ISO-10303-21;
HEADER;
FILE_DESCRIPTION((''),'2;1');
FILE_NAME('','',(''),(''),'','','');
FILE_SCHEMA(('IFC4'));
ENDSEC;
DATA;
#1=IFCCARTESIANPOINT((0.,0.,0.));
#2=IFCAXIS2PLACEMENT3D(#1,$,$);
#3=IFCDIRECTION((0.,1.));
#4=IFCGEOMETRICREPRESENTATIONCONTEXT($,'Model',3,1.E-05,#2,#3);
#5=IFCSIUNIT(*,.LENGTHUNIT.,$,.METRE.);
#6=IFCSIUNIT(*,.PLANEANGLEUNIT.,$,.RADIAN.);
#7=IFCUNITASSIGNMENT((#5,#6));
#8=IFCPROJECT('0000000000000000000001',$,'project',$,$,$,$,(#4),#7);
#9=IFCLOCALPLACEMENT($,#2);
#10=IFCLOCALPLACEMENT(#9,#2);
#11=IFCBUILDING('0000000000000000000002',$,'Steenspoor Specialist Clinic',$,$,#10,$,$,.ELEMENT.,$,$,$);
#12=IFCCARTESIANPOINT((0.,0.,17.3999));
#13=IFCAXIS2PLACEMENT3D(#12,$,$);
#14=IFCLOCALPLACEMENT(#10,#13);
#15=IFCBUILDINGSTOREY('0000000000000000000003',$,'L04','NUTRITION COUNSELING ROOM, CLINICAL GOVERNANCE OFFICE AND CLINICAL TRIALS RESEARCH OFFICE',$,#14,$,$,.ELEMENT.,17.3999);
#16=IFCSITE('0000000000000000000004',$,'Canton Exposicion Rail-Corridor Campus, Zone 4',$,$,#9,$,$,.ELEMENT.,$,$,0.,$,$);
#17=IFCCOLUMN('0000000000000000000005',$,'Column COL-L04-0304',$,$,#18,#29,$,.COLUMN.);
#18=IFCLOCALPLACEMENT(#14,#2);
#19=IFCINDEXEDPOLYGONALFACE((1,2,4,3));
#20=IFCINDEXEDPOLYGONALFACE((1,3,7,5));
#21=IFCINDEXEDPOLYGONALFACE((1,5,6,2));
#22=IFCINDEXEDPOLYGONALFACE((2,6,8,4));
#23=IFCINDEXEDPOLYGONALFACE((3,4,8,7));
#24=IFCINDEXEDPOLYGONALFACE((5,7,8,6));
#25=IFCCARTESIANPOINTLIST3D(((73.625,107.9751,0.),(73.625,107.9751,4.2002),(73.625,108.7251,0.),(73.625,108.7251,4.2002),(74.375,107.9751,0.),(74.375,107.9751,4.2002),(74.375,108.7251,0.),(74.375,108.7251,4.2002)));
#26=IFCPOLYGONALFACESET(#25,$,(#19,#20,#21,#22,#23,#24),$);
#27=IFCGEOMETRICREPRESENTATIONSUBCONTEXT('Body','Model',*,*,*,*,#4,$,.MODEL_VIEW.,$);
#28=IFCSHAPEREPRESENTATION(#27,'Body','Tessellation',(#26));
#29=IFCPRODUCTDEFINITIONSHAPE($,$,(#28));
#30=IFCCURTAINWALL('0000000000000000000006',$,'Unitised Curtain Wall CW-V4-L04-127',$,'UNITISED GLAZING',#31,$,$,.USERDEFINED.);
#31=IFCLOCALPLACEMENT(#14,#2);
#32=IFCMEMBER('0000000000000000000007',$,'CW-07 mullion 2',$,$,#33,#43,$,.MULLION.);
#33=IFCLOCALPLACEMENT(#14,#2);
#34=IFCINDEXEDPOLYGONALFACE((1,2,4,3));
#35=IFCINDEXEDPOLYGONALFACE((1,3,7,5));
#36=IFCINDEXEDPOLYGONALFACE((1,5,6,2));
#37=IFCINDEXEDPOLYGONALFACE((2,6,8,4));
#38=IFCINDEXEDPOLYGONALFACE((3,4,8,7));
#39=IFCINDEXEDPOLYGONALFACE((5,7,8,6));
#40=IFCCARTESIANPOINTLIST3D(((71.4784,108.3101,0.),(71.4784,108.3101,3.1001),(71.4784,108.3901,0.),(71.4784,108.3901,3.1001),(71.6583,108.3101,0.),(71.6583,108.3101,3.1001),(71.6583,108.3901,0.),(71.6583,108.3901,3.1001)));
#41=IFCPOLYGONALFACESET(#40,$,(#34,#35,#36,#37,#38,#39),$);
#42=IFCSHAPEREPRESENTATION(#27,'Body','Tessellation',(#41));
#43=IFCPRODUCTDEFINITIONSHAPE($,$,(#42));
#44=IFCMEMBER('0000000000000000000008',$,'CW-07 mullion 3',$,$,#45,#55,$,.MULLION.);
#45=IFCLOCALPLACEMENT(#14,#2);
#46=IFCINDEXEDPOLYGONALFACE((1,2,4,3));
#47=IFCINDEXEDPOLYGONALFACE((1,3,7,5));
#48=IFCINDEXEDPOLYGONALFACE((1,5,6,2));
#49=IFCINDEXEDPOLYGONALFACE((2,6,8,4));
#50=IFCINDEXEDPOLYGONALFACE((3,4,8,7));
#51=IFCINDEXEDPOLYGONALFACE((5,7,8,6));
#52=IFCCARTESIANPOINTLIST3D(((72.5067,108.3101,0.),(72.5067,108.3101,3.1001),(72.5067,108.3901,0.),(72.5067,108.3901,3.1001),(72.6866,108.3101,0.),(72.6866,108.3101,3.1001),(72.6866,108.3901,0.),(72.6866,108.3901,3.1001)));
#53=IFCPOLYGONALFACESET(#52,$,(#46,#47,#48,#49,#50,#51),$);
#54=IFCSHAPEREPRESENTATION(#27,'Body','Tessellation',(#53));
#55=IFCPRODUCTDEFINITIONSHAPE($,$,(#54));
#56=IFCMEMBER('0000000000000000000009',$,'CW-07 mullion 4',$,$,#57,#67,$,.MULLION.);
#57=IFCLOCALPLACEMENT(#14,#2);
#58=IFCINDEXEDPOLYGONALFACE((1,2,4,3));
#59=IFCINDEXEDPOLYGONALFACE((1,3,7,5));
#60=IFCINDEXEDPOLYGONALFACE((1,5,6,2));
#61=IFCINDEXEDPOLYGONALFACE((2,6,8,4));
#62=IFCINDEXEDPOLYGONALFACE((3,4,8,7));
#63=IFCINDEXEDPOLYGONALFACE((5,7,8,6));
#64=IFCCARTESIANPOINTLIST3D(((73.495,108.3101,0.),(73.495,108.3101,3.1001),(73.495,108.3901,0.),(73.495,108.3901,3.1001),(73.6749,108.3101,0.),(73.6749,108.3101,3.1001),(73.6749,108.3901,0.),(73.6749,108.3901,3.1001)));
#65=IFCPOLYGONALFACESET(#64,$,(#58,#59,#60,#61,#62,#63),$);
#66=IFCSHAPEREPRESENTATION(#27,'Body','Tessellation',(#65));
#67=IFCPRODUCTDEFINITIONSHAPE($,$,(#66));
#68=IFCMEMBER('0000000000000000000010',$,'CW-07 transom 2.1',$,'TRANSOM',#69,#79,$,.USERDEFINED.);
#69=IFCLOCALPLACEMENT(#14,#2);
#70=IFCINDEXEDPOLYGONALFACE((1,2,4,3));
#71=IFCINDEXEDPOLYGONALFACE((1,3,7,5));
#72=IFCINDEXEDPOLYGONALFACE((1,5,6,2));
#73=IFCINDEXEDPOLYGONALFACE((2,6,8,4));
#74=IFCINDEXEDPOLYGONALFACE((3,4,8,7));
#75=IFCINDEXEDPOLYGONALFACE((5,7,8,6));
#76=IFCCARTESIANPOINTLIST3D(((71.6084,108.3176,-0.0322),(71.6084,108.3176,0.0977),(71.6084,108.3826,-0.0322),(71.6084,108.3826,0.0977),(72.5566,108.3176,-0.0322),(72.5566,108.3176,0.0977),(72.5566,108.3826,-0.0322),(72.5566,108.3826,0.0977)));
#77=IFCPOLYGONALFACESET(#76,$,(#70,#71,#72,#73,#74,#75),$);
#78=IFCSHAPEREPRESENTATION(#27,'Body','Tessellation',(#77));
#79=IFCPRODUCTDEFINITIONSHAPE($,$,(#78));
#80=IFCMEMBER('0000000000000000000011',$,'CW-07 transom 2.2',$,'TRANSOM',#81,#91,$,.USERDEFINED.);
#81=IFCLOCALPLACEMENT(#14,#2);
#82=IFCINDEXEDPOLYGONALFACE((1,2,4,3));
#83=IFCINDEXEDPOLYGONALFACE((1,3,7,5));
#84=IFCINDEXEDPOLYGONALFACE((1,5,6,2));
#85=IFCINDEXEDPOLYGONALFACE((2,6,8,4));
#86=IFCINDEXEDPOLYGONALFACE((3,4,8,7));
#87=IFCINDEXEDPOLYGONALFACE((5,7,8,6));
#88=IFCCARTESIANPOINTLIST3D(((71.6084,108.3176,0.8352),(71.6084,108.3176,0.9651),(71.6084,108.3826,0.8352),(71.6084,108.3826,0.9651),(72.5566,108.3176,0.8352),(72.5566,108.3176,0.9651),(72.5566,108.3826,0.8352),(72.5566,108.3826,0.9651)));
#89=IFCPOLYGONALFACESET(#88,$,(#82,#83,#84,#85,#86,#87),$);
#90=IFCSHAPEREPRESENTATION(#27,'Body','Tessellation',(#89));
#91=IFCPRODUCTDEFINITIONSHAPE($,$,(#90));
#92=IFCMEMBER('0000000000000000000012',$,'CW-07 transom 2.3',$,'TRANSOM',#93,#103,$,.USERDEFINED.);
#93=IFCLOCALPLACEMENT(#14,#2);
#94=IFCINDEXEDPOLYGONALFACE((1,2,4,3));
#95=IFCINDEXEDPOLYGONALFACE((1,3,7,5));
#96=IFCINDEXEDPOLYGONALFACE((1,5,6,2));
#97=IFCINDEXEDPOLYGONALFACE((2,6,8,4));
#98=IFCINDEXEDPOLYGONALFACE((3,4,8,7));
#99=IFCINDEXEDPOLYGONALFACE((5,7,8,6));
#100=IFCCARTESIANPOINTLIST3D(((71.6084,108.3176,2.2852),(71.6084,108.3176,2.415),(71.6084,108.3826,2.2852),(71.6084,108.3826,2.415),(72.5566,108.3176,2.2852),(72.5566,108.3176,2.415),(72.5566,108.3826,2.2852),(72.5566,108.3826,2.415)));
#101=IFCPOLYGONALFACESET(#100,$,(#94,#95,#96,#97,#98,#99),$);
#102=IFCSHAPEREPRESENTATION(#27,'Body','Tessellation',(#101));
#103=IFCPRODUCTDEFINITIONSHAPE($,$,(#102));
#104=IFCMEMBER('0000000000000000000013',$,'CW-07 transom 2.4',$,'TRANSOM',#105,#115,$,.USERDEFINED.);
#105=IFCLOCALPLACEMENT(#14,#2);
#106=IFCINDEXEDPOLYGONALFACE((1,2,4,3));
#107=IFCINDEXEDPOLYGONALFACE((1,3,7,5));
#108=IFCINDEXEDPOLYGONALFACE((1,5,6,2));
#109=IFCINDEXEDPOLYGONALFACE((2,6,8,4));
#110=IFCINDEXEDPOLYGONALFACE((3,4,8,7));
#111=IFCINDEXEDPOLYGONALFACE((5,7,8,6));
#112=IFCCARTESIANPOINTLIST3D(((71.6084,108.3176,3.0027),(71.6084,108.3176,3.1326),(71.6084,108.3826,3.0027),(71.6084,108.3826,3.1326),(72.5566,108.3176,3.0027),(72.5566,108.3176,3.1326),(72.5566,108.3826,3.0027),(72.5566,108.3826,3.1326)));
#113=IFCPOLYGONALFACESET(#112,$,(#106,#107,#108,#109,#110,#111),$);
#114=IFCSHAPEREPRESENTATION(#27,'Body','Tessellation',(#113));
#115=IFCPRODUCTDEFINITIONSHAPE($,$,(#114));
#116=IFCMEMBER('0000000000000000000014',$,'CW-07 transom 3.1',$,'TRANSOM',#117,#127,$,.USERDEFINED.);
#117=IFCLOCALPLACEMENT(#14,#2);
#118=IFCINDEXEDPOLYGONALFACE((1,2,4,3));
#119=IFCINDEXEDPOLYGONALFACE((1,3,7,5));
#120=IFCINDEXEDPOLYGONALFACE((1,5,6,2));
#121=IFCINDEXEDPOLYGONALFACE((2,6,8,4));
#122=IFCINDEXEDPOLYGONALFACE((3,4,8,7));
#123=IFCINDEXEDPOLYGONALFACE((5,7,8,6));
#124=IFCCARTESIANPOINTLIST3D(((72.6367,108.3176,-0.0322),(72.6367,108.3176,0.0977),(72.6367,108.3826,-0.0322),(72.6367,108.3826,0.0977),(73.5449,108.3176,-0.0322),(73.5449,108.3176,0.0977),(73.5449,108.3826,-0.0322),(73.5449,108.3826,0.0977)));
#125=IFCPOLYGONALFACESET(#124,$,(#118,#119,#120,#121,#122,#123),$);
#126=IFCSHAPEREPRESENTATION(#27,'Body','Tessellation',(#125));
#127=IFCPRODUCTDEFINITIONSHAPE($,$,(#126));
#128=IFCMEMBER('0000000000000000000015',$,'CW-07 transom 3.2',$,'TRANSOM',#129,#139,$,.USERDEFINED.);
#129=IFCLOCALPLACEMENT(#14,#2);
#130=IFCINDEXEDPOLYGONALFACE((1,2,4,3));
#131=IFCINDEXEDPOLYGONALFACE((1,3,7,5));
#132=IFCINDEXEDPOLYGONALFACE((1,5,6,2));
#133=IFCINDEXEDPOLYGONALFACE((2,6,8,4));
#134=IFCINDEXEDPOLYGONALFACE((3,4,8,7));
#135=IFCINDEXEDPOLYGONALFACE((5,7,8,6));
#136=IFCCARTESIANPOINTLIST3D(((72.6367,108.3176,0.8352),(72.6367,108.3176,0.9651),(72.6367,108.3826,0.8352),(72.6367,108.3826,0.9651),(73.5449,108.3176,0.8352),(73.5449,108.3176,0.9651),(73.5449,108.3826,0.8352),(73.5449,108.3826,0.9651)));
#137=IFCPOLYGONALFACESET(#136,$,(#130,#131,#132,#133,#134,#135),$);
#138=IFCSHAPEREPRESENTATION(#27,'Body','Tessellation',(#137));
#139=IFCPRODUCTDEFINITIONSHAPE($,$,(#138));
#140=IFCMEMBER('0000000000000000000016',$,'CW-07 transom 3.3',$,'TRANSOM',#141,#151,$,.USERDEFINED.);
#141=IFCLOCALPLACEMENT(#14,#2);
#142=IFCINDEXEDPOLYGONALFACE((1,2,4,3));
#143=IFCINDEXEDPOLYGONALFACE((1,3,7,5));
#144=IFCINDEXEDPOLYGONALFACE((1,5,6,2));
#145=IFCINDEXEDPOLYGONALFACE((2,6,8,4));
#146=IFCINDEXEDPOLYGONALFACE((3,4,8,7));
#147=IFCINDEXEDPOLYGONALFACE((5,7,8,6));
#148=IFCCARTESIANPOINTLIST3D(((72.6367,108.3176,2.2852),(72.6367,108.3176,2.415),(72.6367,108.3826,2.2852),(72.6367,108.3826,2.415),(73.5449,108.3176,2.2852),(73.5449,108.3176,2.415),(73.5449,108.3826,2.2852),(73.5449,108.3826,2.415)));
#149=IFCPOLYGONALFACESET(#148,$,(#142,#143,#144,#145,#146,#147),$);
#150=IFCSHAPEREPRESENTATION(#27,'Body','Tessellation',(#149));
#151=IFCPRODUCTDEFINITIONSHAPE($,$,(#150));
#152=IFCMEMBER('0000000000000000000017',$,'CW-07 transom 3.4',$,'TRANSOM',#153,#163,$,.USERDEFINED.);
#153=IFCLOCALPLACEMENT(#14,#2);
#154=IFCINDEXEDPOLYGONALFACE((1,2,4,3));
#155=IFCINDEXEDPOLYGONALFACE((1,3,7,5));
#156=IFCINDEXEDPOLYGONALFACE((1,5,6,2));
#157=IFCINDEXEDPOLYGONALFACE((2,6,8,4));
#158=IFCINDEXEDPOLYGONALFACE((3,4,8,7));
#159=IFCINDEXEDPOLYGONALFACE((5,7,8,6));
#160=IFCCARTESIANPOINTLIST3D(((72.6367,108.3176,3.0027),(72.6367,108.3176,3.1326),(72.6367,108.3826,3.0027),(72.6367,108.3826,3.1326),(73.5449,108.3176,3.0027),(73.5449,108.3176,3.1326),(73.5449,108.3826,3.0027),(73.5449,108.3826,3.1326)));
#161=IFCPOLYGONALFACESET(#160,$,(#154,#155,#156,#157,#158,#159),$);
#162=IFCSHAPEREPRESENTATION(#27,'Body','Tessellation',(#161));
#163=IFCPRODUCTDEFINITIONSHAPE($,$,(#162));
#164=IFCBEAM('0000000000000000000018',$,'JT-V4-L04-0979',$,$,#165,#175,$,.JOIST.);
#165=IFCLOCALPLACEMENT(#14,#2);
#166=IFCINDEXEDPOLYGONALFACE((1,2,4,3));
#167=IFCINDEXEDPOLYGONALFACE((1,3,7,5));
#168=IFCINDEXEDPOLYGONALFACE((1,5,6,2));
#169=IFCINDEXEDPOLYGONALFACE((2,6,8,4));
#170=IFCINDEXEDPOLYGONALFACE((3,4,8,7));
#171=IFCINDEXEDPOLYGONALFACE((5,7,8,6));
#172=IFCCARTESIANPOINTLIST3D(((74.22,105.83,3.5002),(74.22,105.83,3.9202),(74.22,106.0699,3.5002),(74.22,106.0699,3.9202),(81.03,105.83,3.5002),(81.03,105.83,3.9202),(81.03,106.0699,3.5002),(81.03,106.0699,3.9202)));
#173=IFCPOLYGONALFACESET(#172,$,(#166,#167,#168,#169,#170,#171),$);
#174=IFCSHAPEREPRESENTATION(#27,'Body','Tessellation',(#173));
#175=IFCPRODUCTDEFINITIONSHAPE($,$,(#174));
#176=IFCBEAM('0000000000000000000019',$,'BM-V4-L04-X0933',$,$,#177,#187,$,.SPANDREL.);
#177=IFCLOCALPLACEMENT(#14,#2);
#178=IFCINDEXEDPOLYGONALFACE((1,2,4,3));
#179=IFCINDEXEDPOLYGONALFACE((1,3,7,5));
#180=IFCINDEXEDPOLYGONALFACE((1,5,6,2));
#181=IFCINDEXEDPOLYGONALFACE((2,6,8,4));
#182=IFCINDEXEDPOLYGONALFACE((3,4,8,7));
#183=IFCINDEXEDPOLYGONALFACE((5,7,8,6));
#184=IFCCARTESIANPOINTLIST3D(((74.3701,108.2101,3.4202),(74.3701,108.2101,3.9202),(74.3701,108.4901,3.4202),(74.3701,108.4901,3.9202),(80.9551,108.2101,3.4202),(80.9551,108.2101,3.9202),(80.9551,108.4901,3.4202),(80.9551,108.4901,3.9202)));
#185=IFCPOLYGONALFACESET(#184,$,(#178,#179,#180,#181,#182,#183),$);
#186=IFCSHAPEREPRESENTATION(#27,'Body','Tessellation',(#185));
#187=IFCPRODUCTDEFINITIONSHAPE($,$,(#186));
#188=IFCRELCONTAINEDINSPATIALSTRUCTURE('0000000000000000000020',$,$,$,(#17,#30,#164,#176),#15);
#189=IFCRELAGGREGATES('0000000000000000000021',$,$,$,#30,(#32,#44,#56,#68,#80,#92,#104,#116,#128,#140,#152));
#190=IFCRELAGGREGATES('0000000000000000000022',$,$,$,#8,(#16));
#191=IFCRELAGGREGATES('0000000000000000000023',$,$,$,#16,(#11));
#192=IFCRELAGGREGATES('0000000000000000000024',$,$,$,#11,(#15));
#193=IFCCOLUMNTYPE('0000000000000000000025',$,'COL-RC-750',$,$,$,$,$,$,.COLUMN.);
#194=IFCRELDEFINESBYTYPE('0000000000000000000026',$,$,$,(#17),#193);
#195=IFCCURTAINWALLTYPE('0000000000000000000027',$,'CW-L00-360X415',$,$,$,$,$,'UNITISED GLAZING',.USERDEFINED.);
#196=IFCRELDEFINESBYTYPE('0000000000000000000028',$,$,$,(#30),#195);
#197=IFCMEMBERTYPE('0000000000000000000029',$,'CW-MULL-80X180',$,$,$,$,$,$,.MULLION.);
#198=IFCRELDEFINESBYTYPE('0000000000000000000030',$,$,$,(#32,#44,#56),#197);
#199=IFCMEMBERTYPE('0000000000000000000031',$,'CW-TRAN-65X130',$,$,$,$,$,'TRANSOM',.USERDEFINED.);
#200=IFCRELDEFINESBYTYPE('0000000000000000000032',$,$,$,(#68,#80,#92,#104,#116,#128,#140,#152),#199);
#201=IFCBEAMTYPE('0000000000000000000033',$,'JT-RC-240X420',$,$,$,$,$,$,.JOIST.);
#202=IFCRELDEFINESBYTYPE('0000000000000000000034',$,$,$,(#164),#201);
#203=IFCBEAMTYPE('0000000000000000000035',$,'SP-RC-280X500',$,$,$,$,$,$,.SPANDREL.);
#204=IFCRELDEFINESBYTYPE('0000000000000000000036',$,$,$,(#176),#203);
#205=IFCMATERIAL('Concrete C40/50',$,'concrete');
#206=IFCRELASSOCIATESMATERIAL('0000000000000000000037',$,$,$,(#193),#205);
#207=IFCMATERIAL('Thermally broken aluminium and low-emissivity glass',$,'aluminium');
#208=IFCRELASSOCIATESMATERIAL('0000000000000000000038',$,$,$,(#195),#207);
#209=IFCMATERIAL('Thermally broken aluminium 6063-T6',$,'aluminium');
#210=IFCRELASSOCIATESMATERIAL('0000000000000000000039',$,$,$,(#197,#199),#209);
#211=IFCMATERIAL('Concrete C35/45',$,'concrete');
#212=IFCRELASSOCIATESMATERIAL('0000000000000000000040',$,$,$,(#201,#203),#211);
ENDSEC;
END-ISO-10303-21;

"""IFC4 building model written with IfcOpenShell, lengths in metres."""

from ifc_helpers import new_model, si_unit, direction, frame, origin, origin_2d, place, context, subcontext, project, spatial, rectangle, extrude, material, material_profile, profile_set, type_object, element, aggregate, save


model = new_model("IFC4")

# Units and contexts
model_context = context("Model", 3, precision=1e-05, world=origin(), true_north=direction((0.0, 1.0)))
body_context = subcontext(model_context, "Body", "Model", "MODEL_VIEW")
ifc_project = project(units=[si_unit("LENGTHUNIT", "METRE"), si_unit("PLANEANGLEUNIT", "RADIAN")], contexts=[model_context])

# Site, building, storey
site_placement = place(None, origin())
site = spatial("IfcSite", under=ifc_project, at=site_placement, Name="Canton Exposicion Rail-Corridor Campus, Zone 4", CompositionType="ELEMENT", RefElevation=0.0)
building_placement = place(site_placement, origin())
building = spatial("IfcBuilding", under=site, at=building_placement, Name="Steenspoor Specialist Clinic", CompositionType="ELEMENT")
storey_placement = place(building_placement, frame((0.0, 0.0, 17.3999)))
storey = spatial("IfcBuildingStorey", under=building, at=storey_placement, Name="L04", Description="NUTRITION COUNSELING ROOM, CLINICAL GOVERNANCE OFFICE AND CLINICAL TRIALS RESEARCH OFFICE", CompositionType="ELEMENT", Elevation=17.3999)

# Column
ifc_material_1 = material(Name="Concrete C40/50", Category="concrete")
ifc_material_profile_1 = material_profile(ifc_material_1, rectangle(XDim=0.75, YDim=0.75, at=origin_2d()), Name="RC-COL-750X750")
ifc_profile_set_1 = profile_set([ifc_material_profile_1], Name="Concrete C40/50")
column_type = type_object("IfcColumnType", Name="COL-RC-750", PredefinedType="COLUMN", material=ifc_profile_set_1)
column_placement = place(storey_placement, frame((74.0, 108.3501, 0.0), z_axis=(0.0, 0.0, 1.0), x_axis=(1.0, 0.0, 0.0)))
element("IfcColumn", 1, at=column_placement, inside=storey, type_object=column_type, Name="Column COL-L04-0304", PredefinedType="COLUMN", context=body_context, shape_type="SweptSolid", body=[
    extrude(rectangle(XDim=0.75, YDim=0.75, at=origin_2d()), origin(), (0.0, 0.0, 1.0), 4.2002),
])

# Curtain wall, members
ifc_material_2 = material(Name="Thermally broken aluminium and low-emissivity glass", Category="aluminium")
curtain_wall_type = type_object("IfcCurtainWallType", Name="CW-L00-360X415", ElementType="UNITISED GLAZING", PredefinedType="USERDEFINED", material=ifc_material_2)
curtain_wall_placement = place(storey_placement, origin())
curtain_wall = element("IfcCurtainWall", 2, at=curtain_wall_placement, inside=storey, type_object=curtain_wall_type, Name="Unitised Curtain Wall CW-V4-L04-127", ObjectType="UNITISED GLAZING", PredefinedType="USERDEFINED")
ifc_material_3 = material(Name="Thermally broken aluminium 6063-T6", Category="aluminium")
ifc_material_profile_2 = material_profile(ifc_material_3, rectangle(XDim=0.0801, YDim=0.1799, at=origin_2d()), Name="CWM-80X180")
ifc_profile_set_2 = profile_set([ifc_material_profile_2], Name="Thermally broken aluminium 6063-T6")
member_type_1 = type_object("IfcMemberType", Name="CW-MULL-80X180", PredefinedType="MULLION", material=ifc_profile_set_2)
member_1_placement = place(storey_placement, frame((71.5684, 108.3501, 0.0), z_axis=(0.0, 0.0, 1.0), x_axis=(0.0, 1.0, 0.0)))
member_1 = element("IfcMember", 3, at=member_1_placement, type_object=member_type_1, Name="CW-07 mullion 2", PredefinedType="MULLION", context=body_context, shape_type="SweptSolid", body=[
    extrude(rectangle(XDim=0.0801, YDim=0.1799, at=origin_2d()), origin(), (0.0, 0.0, 1.0), 3.1001),
])
member_2_placement = place(storey_placement, frame((72.5967, 108.3501, 0.0), z_axis=(0.0, 0.0, 1.0), x_axis=(0.0, 1.0, 0.0)))
member_2 = element("IfcMember", 4, at=member_2_placement, type_object=member_type_1, Name="CW-07 mullion 3", PredefinedType="MULLION", context=body_context, shape_type="SweptSolid", body=[
    extrude(rectangle(XDim=0.0801, YDim=0.1799, at=origin_2d()), origin(), (0.0, 0.0, 1.0), 3.1001),
])
member_3_placement = place(storey_placement, frame((73.585, 108.3501, 0.0), z_axis=(0.0, 0.0, 1.0), x_axis=(0.0, 1.0, 0.0)))
member_3 = element("IfcMember", 5, at=member_3_placement, type_object=member_type_1, Name="CW-07 mullion 4", PredefinedType="MULLION", context=body_context, shape_type="SweptSolid", body=[
    extrude(rectangle(XDim=0.0801, YDim=0.1799, at=origin_2d()), origin(), (0.0, 0.0, 1.0), 3.1001),
])
ifc_material_profile_3 = material_profile(ifc_material_3, rectangle(XDim=0.0649, YDim=0.1299, at=origin_2d()), Name="CWT-65X130")
ifc_profile_set_3 = profile_set([ifc_material_profile_3], Name="Thermally broken aluminium 6063-T6")
member_type_2 = type_object("IfcMemberType", Name="CW-TRAN-65X130", ElementType="TRANSOM", PredefinedType="USERDEFINED", material=ifc_profile_set_3)
member_4_placement = place(storey_placement, frame((71.6084, 108.3501, 0.0327), z_axis=(1.0, 0.0, 0.0), x_axis=(0.0, 1.0, 0.0)))
member_4 = element("IfcMember", 6, at=member_4_placement, type_object=member_type_2, Name="CW-07 transom 2.1", ObjectType="TRANSOM", PredefinedType="USERDEFINED", context=body_context, shape_type="SweptSolid", body=[
    extrude(rectangle(XDim=0.0649, YDim=0.1299, at=origin_2d()), origin(), (0.0, 0.0, 1.0), 0.9482),
])
member_5_placement = place(storey_placement, frame((71.6084, 108.3501, 0.9001), z_axis=(1.0, 0.0, 0.0), x_axis=(0.0, 1.0, 0.0)))
member_5 = element("IfcMember", 7, at=member_5_placement, type_object=member_type_2, Name="CW-07 transom 2.2", ObjectType="TRANSOM", PredefinedType="USERDEFINED", context=body_context, shape_type="SweptSolid", body=[
    extrude(rectangle(XDim=0.0649, YDim=0.1299, at=origin_2d()), origin(), (0.0, 0.0, 1.0), 0.9482),
])
member_6_placement = place(storey_placement, frame((71.6084, 108.3501, 2.3501), z_axis=(1.0, 0.0, 0.0), x_axis=(0.0, 1.0, 0.0)))
member_6 = element("IfcMember", 8, at=member_6_placement, type_object=member_type_2, Name="CW-07 transom 2.3", ObjectType="TRANSOM", PredefinedType="USERDEFINED", context=body_context, shape_type="SweptSolid", body=[
    extrude(rectangle(XDim=0.0649, YDim=0.1299, at=origin_2d()), origin(), (0.0, 0.0, 1.0), 0.9482),
])
member_7_placement = place(storey_placement, frame((71.6084, 108.3501, 3.0676), z_axis=(1.0, 0.0, 0.0), x_axis=(0.0, 1.0, 0.0)))
member_7 = element("IfcMember", 9, at=member_7_placement, type_object=member_type_2, Name="CW-07 transom 2.4", ObjectType="TRANSOM", PredefinedType="USERDEFINED", context=body_context, shape_type="SweptSolid", body=[
    extrude(rectangle(XDim=0.0649, YDim=0.1299, at=origin_2d()), origin(), (0.0, 0.0, 1.0), 0.9482),
])
member_8_placement = place(storey_placement, frame((72.6367, 108.3501, 0.0327), z_axis=(1.0, 0.0, 0.0), x_axis=(0.0, 1.0, 0.0)))
member_8 = element("IfcMember", 10, at=member_8_placement, type_object=member_type_2, Name="CW-07 transom 3.1", ObjectType="TRANSOM", PredefinedType="USERDEFINED", context=body_context, shape_type="SweptSolid", body=[
    extrude(rectangle(XDim=0.0649, YDim=0.1299, at=origin_2d()), origin(), (0.0, 0.0, 1.0), 0.9082),
])
member_9_placement = place(storey_placement, frame((72.6367, 108.3501, 0.9001), z_axis=(1.0, 0.0, 0.0), x_axis=(0.0, 1.0, 0.0)))
member_9 = element("IfcMember", 11, at=member_9_placement, type_object=member_type_2, Name="CW-07 transom 3.2", ObjectType="TRANSOM", PredefinedType="USERDEFINED", context=body_context, shape_type="SweptSolid", body=[
    extrude(rectangle(XDim=0.0649, YDim=0.1299, at=origin_2d()), origin(), (0.0, 0.0, 1.0), 0.9082),
])
member_10_placement = place(storey_placement, frame((72.6367, 108.3501, 2.3501), z_axis=(1.0, 0.0, 0.0), x_axis=(0.0, 1.0, 0.0)))
member_10 = element("IfcMember", 12, at=member_10_placement, type_object=member_type_2, Name="CW-07 transom 3.3", ObjectType="TRANSOM", PredefinedType="USERDEFINED", context=body_context, shape_type="SweptSolid", body=[
    extrude(rectangle(XDim=0.0649, YDim=0.1299, at=origin_2d()), origin(), (0.0, 0.0, 1.0), 0.9082),
])
member_11_placement = place(storey_placement, frame((72.6367, 108.3501, 3.0676), z_axis=(1.0, 0.0, 0.0), x_axis=(0.0, 1.0, 0.0)))
member_11 = element("IfcMember", 13, at=member_11_placement, type_object=member_type_2, Name="CW-07 transom 3.4", ObjectType="TRANSOM", PredefinedType="USERDEFINED", context=body_context, shape_type="SweptSolid", body=[
    extrude(rectangle(XDim=0.0649, YDim=0.1299, at=origin_2d()), origin(), (0.0, 0.0, 1.0), 0.9082),
])

# Beams
ifc_material_4 = material(Name="Concrete C35/45", Category="concrete")
ifc_material_profile_4 = material_profile(ifc_material_4, rectangle(XDim=0.24, YDim=0.4199, at=origin_2d()), Name="RC-JT-240X420")
ifc_profile_set_4 = profile_set([ifc_material_profile_4], Name="Concrete C35/45")
beam_type_1 = type_object("IfcBeamType", Name="JT-RC-240X420", PredefinedType="JOIST", material=ifc_profile_set_4)
beam_1_placement = place(storey_placement, frame((74.22, 105.95, 3.7102), z_axis=(1.0, 0.0, 0.0), x_axis=(0.0, 1.0, 0.0)))
element("IfcBeam", 14, at=beam_1_placement, inside=storey, type_object=beam_type_1, Name="JT-V4-L04-0979", PredefinedType="JOIST", context=body_context, shape_type="SweptSolid", body=[
    extrude(rectangle(XDim=0.24, YDim=0.4199, at=origin_2d()), origin(), (0.0, 0.0, 1.0), 6.8101),
])
ifc_material_profile_5 = material_profile(ifc_material_4, rectangle(XDim=0.28, YDim=0.5, at=origin_2d()), Name="RC-SP-280X500")
ifc_profile_set_5 = profile_set([ifc_material_profile_5], Name="Concrete C35/45")
beam_type_2 = type_object("IfcBeamType", Name="SP-RC-280X500", PredefinedType="SPANDREL", material=ifc_profile_set_5)
beam_2_placement = place(storey_placement, frame((74.3701, 108.3501, 3.6702), z_axis=(1.0, 0.0, 0.0), x_axis=(0.0, 1.0, 0.0)))
element("IfcBeam", 15, at=beam_2_placement, inside=storey, type_object=beam_type_2, Name="BM-V4-L04-X0933", PredefinedType="SPANDREL", context=body_context, shape_type="SweptSolid", body=[
    extrude(rectangle(XDim=0.28, YDim=0.5, at=origin_2d()), origin(), (0.0, 0.0, 1.0), 6.585),
])

aggregate(curtain_wall, [member_1, member_2, member_3, member_4, member_5, member_6, member_7, member_8, member_9, member_10, member_11])

save(model, "model.ifc")
